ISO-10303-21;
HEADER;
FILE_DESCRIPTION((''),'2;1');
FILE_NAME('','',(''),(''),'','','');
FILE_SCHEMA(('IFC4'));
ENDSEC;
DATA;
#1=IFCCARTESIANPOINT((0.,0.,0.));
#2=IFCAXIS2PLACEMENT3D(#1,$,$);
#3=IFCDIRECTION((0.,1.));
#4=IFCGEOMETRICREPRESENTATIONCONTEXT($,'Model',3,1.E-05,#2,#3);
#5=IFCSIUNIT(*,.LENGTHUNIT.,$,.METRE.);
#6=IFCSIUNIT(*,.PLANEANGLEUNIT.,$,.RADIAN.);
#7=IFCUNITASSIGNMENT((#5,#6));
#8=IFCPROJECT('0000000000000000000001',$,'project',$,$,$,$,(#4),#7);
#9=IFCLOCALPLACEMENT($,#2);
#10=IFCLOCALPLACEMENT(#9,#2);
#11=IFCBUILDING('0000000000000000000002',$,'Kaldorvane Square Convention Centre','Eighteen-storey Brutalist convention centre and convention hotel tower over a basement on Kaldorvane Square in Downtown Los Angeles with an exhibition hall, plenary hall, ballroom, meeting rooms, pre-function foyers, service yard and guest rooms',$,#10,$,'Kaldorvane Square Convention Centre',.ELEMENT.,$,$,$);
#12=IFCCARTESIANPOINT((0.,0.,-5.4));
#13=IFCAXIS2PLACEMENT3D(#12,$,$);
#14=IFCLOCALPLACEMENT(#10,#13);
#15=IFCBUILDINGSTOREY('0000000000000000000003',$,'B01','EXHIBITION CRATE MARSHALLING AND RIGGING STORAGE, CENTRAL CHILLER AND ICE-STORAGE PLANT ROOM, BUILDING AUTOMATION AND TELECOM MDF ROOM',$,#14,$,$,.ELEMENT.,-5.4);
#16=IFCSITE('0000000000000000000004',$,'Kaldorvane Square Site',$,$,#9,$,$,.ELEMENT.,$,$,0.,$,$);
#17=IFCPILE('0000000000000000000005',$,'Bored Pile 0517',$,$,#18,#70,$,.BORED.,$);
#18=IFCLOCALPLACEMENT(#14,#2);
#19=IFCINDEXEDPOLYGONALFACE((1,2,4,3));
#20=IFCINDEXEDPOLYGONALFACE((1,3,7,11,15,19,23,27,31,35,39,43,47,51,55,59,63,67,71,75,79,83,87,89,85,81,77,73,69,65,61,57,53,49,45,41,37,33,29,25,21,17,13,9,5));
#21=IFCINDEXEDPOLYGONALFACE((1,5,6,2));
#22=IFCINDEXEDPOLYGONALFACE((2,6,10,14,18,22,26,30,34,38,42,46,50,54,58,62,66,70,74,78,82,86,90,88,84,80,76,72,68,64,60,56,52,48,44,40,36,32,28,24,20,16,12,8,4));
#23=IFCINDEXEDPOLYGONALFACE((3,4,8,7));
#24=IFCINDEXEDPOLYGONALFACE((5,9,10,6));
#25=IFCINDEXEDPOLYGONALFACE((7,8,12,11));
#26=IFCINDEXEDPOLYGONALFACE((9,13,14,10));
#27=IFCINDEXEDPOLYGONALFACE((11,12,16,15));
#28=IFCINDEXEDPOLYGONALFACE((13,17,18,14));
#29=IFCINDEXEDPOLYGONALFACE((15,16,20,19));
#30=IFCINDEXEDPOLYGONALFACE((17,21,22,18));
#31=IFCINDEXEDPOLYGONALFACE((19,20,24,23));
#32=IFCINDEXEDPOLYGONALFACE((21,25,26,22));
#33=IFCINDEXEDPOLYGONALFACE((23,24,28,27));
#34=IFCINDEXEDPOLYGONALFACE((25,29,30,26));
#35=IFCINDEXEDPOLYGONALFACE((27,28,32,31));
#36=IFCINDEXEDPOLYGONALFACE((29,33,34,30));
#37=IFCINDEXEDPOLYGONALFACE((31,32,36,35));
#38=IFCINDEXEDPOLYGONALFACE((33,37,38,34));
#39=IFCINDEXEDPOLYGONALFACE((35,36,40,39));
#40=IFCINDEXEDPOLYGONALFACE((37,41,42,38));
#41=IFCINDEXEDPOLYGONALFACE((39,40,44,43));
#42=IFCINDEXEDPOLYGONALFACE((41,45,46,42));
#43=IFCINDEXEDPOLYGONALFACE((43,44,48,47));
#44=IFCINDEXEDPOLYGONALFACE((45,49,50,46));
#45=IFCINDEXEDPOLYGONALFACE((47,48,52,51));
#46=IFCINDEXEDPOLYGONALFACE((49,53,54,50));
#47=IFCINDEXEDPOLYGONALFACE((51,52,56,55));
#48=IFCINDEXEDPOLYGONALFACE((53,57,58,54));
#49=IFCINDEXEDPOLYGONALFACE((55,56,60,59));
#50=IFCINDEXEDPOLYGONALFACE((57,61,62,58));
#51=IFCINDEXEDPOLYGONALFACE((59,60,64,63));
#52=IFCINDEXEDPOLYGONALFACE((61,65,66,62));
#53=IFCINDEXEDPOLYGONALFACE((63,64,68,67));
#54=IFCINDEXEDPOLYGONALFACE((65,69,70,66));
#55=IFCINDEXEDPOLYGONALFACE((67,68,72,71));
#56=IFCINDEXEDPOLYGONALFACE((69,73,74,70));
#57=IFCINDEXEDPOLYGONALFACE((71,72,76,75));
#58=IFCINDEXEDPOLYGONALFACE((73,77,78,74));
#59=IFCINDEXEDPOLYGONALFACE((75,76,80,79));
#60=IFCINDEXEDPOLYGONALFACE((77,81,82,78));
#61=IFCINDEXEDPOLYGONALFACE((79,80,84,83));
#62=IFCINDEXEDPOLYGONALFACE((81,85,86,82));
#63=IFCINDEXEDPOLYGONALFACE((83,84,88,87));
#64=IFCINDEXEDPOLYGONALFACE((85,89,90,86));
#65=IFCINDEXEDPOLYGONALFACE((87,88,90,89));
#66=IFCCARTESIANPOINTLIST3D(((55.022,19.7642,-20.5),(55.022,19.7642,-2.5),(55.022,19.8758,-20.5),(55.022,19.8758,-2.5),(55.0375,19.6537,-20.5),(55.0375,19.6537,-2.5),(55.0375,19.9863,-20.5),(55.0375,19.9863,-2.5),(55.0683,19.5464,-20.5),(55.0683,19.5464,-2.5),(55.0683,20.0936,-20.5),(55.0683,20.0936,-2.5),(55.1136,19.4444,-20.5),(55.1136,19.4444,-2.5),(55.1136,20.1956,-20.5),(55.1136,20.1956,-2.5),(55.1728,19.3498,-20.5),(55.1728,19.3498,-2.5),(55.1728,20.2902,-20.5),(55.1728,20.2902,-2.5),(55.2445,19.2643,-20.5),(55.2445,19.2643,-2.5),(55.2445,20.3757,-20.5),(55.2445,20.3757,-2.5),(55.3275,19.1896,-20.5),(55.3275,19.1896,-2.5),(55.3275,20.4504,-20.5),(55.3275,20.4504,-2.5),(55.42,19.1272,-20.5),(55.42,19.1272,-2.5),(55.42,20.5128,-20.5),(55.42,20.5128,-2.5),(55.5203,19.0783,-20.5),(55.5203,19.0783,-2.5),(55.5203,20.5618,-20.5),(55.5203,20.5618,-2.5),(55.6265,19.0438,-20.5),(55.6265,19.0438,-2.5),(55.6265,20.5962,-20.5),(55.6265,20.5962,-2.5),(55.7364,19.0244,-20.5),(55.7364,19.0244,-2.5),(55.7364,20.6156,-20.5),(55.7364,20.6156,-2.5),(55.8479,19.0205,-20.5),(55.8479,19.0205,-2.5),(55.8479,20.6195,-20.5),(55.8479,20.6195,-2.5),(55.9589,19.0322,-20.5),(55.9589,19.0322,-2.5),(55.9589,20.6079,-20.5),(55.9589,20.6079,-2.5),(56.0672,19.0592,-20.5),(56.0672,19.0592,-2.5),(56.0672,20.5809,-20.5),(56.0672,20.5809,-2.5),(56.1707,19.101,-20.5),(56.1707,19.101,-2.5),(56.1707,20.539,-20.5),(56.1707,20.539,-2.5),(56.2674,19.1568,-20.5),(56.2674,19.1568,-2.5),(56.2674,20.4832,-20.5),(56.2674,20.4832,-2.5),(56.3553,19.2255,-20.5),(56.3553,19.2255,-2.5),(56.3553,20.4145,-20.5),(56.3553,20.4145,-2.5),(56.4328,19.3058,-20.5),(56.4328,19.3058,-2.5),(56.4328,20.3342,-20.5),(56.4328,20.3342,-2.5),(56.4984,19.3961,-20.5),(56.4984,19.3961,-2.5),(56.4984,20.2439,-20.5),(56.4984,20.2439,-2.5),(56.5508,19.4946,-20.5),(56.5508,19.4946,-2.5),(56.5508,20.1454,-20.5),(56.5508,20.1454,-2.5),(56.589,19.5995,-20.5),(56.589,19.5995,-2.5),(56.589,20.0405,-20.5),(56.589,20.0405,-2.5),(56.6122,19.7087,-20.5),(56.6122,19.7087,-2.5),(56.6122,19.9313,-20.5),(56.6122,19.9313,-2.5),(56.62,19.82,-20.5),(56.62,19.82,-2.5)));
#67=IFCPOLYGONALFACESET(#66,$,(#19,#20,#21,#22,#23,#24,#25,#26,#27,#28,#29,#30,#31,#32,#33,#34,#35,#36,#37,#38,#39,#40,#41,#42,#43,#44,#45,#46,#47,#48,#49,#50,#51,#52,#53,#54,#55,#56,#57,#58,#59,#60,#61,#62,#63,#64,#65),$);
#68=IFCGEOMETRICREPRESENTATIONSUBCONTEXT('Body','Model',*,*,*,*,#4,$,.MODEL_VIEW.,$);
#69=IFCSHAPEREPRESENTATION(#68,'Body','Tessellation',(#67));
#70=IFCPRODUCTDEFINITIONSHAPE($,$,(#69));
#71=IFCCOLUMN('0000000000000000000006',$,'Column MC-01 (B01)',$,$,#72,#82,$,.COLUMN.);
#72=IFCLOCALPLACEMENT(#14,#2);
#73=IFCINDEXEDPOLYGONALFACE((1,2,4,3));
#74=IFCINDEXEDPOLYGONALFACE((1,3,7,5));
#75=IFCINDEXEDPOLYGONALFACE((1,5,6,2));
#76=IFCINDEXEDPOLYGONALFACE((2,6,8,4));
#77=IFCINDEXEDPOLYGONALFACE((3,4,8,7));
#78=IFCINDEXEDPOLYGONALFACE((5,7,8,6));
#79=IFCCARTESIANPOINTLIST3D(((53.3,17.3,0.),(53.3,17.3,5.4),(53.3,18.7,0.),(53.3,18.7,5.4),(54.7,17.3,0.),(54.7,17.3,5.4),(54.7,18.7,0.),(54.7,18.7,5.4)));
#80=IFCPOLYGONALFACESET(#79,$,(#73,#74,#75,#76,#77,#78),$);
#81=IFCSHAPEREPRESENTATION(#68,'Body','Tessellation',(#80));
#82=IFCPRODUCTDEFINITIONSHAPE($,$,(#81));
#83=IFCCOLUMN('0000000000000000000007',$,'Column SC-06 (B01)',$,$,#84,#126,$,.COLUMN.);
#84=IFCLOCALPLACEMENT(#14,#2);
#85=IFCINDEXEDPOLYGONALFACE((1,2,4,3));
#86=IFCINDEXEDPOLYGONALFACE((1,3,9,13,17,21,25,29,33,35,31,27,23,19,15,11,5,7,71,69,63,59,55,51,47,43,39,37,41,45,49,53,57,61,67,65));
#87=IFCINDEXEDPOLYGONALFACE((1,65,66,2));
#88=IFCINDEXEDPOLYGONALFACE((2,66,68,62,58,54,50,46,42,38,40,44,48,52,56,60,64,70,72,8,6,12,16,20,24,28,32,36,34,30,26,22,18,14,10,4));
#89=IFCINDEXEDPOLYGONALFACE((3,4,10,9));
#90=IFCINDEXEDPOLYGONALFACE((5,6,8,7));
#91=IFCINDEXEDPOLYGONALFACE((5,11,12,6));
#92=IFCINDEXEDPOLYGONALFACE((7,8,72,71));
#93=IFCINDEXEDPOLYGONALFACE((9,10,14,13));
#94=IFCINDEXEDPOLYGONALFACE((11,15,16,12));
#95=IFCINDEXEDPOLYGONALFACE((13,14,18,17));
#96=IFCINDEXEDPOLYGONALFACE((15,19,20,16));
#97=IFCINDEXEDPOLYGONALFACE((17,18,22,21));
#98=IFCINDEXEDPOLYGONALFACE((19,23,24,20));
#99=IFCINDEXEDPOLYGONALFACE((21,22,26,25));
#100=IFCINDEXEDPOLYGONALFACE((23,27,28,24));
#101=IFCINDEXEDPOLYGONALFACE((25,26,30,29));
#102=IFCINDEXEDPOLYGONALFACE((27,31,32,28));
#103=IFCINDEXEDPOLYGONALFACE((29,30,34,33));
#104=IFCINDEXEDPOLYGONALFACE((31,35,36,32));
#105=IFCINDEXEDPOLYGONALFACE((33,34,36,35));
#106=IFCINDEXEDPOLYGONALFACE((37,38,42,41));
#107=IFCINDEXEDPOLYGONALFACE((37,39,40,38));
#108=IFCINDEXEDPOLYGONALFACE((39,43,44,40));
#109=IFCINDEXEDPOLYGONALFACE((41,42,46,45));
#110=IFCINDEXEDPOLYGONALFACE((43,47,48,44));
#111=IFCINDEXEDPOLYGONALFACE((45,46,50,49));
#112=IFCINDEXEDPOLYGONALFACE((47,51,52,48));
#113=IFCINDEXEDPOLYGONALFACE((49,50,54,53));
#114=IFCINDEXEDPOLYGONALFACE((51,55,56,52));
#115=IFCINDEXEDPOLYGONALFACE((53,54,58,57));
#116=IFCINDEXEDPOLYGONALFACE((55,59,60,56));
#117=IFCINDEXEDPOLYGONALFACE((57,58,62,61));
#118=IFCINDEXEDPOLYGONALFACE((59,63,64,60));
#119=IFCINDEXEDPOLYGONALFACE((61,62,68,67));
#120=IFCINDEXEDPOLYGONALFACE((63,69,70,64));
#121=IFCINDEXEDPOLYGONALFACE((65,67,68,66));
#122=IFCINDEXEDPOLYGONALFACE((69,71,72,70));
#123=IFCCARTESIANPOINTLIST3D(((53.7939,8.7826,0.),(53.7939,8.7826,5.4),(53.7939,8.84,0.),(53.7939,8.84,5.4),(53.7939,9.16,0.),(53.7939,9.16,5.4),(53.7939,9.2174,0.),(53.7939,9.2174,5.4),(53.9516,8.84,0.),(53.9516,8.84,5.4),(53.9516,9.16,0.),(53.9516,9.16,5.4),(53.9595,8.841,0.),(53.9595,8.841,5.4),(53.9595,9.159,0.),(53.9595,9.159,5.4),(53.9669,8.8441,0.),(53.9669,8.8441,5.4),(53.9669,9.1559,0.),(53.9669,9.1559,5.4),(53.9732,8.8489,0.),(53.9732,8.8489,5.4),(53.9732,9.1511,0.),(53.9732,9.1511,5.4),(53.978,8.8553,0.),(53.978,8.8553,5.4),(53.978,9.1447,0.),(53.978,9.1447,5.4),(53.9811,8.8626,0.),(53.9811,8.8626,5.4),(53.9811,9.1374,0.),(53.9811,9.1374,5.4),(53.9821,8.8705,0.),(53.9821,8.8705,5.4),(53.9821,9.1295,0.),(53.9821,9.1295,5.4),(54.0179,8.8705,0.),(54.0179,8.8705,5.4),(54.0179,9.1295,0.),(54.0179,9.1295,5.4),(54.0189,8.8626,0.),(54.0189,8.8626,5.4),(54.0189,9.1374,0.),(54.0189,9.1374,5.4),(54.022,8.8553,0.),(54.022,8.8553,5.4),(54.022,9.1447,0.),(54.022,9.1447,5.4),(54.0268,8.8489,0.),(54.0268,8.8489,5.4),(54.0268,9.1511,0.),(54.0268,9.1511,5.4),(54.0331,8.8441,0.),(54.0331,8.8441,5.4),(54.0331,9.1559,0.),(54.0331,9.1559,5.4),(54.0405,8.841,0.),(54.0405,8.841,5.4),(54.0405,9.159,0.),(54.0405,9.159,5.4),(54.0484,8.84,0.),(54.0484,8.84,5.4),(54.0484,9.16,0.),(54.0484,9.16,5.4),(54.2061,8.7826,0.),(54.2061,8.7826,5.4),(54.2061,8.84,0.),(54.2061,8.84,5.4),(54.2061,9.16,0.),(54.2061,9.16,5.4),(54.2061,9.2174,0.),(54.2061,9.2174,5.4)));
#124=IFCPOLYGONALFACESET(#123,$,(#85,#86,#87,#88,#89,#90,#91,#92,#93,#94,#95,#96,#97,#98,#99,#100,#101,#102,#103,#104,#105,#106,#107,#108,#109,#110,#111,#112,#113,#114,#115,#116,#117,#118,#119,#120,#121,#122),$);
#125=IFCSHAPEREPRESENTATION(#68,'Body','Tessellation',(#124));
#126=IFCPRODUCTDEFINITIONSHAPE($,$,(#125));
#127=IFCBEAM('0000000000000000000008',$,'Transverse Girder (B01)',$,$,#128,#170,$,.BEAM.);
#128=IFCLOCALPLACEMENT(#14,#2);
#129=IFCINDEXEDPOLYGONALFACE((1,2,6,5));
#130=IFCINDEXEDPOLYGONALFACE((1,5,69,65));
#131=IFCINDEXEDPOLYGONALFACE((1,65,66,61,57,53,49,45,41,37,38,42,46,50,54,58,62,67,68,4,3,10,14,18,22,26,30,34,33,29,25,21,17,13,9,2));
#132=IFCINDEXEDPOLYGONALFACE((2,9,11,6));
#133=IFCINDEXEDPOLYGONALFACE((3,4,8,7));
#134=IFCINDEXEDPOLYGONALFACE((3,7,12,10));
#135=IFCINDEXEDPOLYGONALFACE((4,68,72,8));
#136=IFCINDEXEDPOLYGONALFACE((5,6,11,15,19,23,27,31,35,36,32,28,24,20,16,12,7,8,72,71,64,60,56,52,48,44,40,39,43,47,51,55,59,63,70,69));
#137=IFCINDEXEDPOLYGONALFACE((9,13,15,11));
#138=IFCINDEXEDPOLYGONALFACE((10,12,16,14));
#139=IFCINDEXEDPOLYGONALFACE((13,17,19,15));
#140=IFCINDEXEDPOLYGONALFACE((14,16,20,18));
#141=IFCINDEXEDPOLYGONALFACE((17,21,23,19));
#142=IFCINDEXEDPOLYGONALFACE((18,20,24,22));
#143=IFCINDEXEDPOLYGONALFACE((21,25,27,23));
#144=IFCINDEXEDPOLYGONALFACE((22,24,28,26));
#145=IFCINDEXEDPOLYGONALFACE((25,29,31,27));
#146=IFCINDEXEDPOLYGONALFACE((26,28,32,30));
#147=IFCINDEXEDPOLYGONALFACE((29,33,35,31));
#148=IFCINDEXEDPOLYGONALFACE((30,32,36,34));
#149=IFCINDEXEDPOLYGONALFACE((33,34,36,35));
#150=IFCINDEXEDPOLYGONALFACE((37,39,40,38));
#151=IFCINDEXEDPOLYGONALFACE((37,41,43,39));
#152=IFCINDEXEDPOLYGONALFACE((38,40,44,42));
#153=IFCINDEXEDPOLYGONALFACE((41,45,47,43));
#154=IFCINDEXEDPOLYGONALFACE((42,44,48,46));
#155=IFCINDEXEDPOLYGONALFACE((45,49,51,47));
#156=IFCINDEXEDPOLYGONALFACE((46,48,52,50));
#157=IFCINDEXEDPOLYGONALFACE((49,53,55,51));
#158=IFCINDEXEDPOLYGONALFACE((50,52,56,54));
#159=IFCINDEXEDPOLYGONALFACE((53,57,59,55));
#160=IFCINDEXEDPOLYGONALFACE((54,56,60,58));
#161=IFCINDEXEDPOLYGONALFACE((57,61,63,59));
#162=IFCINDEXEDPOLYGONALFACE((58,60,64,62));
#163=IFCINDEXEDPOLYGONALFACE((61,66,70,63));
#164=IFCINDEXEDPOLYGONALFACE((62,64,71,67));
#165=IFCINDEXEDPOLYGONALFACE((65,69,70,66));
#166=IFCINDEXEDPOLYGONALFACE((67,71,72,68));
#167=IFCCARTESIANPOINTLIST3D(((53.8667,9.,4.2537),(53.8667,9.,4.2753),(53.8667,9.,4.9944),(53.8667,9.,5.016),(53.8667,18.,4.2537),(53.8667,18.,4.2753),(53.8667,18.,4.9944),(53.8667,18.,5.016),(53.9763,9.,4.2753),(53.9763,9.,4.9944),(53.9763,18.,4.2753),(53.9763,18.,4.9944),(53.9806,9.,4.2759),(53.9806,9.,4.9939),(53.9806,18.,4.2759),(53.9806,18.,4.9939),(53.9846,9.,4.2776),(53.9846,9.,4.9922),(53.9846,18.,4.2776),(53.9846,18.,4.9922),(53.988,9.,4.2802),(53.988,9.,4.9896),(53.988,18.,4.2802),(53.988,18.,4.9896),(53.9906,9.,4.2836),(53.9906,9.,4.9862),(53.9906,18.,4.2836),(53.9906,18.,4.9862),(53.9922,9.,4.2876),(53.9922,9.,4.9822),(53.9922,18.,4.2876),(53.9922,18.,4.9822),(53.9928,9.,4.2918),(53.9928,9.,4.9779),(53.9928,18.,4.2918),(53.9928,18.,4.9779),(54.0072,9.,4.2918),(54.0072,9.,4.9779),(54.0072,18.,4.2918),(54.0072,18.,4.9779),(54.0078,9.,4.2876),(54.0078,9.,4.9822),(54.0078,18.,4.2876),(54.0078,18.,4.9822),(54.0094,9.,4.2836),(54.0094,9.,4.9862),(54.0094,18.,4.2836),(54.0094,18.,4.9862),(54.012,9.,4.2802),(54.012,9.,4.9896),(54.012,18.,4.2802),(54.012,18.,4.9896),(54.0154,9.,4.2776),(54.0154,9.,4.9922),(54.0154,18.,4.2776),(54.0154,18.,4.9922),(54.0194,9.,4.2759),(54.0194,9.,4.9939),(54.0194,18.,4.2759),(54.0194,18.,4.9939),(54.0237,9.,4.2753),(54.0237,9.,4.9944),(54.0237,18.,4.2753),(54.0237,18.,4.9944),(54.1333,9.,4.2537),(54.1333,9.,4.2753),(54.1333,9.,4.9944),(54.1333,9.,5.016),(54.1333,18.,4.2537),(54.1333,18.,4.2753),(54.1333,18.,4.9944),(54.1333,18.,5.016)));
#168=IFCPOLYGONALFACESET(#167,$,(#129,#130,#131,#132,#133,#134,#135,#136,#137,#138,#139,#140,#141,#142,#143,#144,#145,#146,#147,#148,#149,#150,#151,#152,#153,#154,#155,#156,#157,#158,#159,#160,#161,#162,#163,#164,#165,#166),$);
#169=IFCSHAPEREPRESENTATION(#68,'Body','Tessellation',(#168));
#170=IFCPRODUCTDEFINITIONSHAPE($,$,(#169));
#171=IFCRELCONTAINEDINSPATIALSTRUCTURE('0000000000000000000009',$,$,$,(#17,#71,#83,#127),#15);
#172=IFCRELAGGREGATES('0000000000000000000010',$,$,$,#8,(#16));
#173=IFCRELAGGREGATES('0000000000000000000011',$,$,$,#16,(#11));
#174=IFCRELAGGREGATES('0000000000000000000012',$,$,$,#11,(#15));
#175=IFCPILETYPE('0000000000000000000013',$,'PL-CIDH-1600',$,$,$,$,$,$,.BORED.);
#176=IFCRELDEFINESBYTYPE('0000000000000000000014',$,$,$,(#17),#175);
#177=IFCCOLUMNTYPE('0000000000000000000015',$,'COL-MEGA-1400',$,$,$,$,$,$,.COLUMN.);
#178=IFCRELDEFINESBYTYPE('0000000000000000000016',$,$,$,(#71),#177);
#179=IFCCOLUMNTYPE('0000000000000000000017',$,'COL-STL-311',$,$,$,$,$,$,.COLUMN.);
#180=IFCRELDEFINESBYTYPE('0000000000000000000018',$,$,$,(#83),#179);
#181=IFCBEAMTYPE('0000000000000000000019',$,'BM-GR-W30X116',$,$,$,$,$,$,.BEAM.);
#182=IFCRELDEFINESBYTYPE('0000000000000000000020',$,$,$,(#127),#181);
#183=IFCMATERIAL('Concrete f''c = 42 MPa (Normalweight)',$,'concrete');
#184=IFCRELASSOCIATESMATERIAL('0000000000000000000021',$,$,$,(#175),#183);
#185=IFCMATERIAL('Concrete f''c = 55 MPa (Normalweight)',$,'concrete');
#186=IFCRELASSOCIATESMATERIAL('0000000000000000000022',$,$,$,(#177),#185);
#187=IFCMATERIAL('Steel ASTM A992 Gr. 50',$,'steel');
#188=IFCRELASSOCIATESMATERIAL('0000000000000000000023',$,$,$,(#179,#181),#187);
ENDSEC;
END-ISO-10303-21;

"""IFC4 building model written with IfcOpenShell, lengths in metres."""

from ifc_helpers import new_model, si_unit, direction, frame, origin, origin_2d, place, context, subcontext, project, spatial, rectangle, circle, i_section, extrude, material, material_profile, profile_set, type_object, element, save


model = new_model("IFC4")

# Units and contexts
model_context = context("Model", 3, precision=1e-05, world=origin(), true_north=direction((0.0, 1.0)))
body_context = subcontext(model_context, "Body", "Model", "MODEL_VIEW")
ifc_project = project(units=[si_unit("LENGTHUNIT", "METRE"), si_unit("PLANEANGLEUNIT", "RADIAN")], contexts=[model_context])

# Site, building, storey
site_placement = place(None, origin())
site = spatial("IfcSite", under=ifc_project, at=site_placement, Name="Kaldorvane Square Site", CompositionType="ELEMENT", RefElevation=0.0)
building_placement = place(site_placement, origin())
building = spatial("IfcBuilding", under=site, at=building_placement, Name="Kaldorvane Square Convention Centre", Description="Eighteen-storey Brutalist convention centre and convention hotel tower over a basement on Kaldorvane Square in Downtown Los Angeles with an exhibition hall, plenary hall, ballroom, meeting rooms, pre-function foyers, service yard and guest rooms", LongName="Kaldorvane Square Convention Centre", CompositionType="ELEMENT")
storey_placement = place(building_placement, frame((0.0, 0.0, -5.4)))
storey = spatial("IfcBuildingStorey", under=building, at=storey_placement, Name="B01", Description="EXHIBITION CRATE MARSHALLING AND RIGGING STORAGE, CENTRAL CHILLER AND ICE-STORAGE PLANT ROOM, BUILDING AUTOMATION AND TELECOM MDF ROOM", CompositionType="ELEMENT", Elevation=-5.4)

# Shared definitions
ifc_material_1 = material(Name="Concrete f'c = 42 MPa (Normalweight)", Category="concrete")

# Pile
ifc_material_profile_1 = material_profile(ifc_material_1, circle(Radius=0.8, at=origin_2d()), Name="PILE-D1600")
ifc_profile_set_1 = profile_set([ifc_material_profile_1], Name="Concrete f'c = 42 MPa (Normalweight)")
pile_type_1 = type_object("IfcPileType", Name="PL-CIDH-1600", PredefinedType="BORED", material=ifc_profile_set_1)
for number, where, z_axis, x_axis, name in (
    (1, (55.82, 19.82, -2.5), (0.0, 0.0, -1.0), (1.0, 0.0, 0.0), "Bored Pile 0517"),
):
    element("IfcPile", number, at=place(storey_placement, frame(where, z_axis=z_axis, x_axis=x_axis)), inside=storey, type_object=pile_type_1, Name=name, PredefinedType="BORED", context=body_context, shape_type="SweptSolid", body=[
        extrude(circle(Radius=0.8, at=origin_2d()), origin(), (0.0, 0.0, 1.0), 18.0),
    ])

# Columns
ifc_material_2 = material(Name="Concrete f'c = 55 MPa (Normalweight)", Category="concrete")
ifc_material_profile_2 = material_profile(ifc_material_2, rectangle(XDim=1.4, YDim=1.4, at=origin_2d()), Name="RC1400X1400")
ifc_profile_set_2 = profile_set([ifc_material_profile_2], Name="Concrete f'c = 55 MPa (Normalweight)")
column_type_1 = type_object("IfcColumnType", Name="COL-MEGA-1400", PredefinedType="COLUMN", material=ifc_profile_set_2)
column_1_placement = place(storey_placement, frame((54.0, 18.0, 0.0), z_axis=(0.0, 0.0, 1.0), x_axis=(1.0, 0.0, 0.0)))
element("IfcColumn", 2, at=column_1_placement, inside=storey, type_object=column_type_1, Name="Column MC-01 (B01)", PredefinedType="COLUMN", context=body_context, shape_type="SweptSolid", body=[
    extrude(rectangle(XDim=1.4, YDim=1.4, at=origin_2d()), origin(), (0.0, 0.0, 1.0), 5.4),
])
ifc_material_3 = material(Name="Steel ASTM A992 Gr. 50", Category="steel")
ifc_material_profile_3 = material_profile(ifc_material_3, i_section(OverallWidth=0.4122, OverallDepth=0.4348, WebThickness=0.0358, FlangeThickness=0.0574, FilletRadius=0.0305, at=origin_2d()), Name="W14X311")
ifc_profile_set_3 = profile_set([ifc_material_profile_3], Name="Steel ASTM A992 Gr. 50")
column_type_2 = type_object("IfcColumnType", Name="COL-STL-311", PredefinedType="COLUMN", material=ifc_profile_set_3)
column_2_placement = place(storey_placement, frame((54.0, 9.0, 0.0), z_axis=(0.0, 0.0, 1.0), x_axis=(1.0, 0.0, 0.0)))
element("IfcColumn", 3, at=column_2_placement, inside=storey, type_object=column_type_2, Name="Column SC-06 (B01)", PredefinedType="COLUMN", context=body_context, shape_type="SweptSolid", body=[
    extrude(i_section(OverallWidth=0.4122, OverallDepth=0.4348, WebThickness=0.0358, FlangeThickness=0.0574, FilletRadius=0.0305, at=origin_2d()), origin(), (0.0, 0.0, 1.0), 5.4),
])

# Beam
ifc_material_profile_4 = material_profile(ifc_material_3, i_section(OverallWidth=0.2666, OverallDepth=0.7623, WebThickness=0.0144, FlangeThickness=0.0216, FilletRadius=0.0165, at=origin_2d()), Name="W30X116")
ifc_profile_set_4 = profile_set([ifc_material_profile_4], Name="Steel ASTM A992 Gr. 50")
beam_type_1 = type_object("IfcBeamType", Name="BM-GR-W30X116", PredefinedType="BEAM", material=ifc_profile_set_4)
for number, where, z_axis, x_axis, name in (
    (4, (54.0, 9.0, 4.6349), (0.0, 1.0, 0.0), (-1.0, 0.0, 0.0), "Transverse Girder (B01)"),
):
    element("IfcBeam", number, at=place(storey_placement, frame(where, z_axis=z_axis, x_axis=x_axis)), inside=storey, type_object=beam_type_1, Name=name, PredefinedType="BEAM", context=body_context, shape_type="SweptSolid", body=[
        extrude(i_section(OverallWidth=0.2666, OverallDepth=0.7623, WebThickness=0.0144, FlangeThickness=0.0216, FilletRadius=0.0165, at=origin_2d()), origin(), (0.0, 0.0, 1.0), 9.0),
    ])

save(model, "model.ifc")
